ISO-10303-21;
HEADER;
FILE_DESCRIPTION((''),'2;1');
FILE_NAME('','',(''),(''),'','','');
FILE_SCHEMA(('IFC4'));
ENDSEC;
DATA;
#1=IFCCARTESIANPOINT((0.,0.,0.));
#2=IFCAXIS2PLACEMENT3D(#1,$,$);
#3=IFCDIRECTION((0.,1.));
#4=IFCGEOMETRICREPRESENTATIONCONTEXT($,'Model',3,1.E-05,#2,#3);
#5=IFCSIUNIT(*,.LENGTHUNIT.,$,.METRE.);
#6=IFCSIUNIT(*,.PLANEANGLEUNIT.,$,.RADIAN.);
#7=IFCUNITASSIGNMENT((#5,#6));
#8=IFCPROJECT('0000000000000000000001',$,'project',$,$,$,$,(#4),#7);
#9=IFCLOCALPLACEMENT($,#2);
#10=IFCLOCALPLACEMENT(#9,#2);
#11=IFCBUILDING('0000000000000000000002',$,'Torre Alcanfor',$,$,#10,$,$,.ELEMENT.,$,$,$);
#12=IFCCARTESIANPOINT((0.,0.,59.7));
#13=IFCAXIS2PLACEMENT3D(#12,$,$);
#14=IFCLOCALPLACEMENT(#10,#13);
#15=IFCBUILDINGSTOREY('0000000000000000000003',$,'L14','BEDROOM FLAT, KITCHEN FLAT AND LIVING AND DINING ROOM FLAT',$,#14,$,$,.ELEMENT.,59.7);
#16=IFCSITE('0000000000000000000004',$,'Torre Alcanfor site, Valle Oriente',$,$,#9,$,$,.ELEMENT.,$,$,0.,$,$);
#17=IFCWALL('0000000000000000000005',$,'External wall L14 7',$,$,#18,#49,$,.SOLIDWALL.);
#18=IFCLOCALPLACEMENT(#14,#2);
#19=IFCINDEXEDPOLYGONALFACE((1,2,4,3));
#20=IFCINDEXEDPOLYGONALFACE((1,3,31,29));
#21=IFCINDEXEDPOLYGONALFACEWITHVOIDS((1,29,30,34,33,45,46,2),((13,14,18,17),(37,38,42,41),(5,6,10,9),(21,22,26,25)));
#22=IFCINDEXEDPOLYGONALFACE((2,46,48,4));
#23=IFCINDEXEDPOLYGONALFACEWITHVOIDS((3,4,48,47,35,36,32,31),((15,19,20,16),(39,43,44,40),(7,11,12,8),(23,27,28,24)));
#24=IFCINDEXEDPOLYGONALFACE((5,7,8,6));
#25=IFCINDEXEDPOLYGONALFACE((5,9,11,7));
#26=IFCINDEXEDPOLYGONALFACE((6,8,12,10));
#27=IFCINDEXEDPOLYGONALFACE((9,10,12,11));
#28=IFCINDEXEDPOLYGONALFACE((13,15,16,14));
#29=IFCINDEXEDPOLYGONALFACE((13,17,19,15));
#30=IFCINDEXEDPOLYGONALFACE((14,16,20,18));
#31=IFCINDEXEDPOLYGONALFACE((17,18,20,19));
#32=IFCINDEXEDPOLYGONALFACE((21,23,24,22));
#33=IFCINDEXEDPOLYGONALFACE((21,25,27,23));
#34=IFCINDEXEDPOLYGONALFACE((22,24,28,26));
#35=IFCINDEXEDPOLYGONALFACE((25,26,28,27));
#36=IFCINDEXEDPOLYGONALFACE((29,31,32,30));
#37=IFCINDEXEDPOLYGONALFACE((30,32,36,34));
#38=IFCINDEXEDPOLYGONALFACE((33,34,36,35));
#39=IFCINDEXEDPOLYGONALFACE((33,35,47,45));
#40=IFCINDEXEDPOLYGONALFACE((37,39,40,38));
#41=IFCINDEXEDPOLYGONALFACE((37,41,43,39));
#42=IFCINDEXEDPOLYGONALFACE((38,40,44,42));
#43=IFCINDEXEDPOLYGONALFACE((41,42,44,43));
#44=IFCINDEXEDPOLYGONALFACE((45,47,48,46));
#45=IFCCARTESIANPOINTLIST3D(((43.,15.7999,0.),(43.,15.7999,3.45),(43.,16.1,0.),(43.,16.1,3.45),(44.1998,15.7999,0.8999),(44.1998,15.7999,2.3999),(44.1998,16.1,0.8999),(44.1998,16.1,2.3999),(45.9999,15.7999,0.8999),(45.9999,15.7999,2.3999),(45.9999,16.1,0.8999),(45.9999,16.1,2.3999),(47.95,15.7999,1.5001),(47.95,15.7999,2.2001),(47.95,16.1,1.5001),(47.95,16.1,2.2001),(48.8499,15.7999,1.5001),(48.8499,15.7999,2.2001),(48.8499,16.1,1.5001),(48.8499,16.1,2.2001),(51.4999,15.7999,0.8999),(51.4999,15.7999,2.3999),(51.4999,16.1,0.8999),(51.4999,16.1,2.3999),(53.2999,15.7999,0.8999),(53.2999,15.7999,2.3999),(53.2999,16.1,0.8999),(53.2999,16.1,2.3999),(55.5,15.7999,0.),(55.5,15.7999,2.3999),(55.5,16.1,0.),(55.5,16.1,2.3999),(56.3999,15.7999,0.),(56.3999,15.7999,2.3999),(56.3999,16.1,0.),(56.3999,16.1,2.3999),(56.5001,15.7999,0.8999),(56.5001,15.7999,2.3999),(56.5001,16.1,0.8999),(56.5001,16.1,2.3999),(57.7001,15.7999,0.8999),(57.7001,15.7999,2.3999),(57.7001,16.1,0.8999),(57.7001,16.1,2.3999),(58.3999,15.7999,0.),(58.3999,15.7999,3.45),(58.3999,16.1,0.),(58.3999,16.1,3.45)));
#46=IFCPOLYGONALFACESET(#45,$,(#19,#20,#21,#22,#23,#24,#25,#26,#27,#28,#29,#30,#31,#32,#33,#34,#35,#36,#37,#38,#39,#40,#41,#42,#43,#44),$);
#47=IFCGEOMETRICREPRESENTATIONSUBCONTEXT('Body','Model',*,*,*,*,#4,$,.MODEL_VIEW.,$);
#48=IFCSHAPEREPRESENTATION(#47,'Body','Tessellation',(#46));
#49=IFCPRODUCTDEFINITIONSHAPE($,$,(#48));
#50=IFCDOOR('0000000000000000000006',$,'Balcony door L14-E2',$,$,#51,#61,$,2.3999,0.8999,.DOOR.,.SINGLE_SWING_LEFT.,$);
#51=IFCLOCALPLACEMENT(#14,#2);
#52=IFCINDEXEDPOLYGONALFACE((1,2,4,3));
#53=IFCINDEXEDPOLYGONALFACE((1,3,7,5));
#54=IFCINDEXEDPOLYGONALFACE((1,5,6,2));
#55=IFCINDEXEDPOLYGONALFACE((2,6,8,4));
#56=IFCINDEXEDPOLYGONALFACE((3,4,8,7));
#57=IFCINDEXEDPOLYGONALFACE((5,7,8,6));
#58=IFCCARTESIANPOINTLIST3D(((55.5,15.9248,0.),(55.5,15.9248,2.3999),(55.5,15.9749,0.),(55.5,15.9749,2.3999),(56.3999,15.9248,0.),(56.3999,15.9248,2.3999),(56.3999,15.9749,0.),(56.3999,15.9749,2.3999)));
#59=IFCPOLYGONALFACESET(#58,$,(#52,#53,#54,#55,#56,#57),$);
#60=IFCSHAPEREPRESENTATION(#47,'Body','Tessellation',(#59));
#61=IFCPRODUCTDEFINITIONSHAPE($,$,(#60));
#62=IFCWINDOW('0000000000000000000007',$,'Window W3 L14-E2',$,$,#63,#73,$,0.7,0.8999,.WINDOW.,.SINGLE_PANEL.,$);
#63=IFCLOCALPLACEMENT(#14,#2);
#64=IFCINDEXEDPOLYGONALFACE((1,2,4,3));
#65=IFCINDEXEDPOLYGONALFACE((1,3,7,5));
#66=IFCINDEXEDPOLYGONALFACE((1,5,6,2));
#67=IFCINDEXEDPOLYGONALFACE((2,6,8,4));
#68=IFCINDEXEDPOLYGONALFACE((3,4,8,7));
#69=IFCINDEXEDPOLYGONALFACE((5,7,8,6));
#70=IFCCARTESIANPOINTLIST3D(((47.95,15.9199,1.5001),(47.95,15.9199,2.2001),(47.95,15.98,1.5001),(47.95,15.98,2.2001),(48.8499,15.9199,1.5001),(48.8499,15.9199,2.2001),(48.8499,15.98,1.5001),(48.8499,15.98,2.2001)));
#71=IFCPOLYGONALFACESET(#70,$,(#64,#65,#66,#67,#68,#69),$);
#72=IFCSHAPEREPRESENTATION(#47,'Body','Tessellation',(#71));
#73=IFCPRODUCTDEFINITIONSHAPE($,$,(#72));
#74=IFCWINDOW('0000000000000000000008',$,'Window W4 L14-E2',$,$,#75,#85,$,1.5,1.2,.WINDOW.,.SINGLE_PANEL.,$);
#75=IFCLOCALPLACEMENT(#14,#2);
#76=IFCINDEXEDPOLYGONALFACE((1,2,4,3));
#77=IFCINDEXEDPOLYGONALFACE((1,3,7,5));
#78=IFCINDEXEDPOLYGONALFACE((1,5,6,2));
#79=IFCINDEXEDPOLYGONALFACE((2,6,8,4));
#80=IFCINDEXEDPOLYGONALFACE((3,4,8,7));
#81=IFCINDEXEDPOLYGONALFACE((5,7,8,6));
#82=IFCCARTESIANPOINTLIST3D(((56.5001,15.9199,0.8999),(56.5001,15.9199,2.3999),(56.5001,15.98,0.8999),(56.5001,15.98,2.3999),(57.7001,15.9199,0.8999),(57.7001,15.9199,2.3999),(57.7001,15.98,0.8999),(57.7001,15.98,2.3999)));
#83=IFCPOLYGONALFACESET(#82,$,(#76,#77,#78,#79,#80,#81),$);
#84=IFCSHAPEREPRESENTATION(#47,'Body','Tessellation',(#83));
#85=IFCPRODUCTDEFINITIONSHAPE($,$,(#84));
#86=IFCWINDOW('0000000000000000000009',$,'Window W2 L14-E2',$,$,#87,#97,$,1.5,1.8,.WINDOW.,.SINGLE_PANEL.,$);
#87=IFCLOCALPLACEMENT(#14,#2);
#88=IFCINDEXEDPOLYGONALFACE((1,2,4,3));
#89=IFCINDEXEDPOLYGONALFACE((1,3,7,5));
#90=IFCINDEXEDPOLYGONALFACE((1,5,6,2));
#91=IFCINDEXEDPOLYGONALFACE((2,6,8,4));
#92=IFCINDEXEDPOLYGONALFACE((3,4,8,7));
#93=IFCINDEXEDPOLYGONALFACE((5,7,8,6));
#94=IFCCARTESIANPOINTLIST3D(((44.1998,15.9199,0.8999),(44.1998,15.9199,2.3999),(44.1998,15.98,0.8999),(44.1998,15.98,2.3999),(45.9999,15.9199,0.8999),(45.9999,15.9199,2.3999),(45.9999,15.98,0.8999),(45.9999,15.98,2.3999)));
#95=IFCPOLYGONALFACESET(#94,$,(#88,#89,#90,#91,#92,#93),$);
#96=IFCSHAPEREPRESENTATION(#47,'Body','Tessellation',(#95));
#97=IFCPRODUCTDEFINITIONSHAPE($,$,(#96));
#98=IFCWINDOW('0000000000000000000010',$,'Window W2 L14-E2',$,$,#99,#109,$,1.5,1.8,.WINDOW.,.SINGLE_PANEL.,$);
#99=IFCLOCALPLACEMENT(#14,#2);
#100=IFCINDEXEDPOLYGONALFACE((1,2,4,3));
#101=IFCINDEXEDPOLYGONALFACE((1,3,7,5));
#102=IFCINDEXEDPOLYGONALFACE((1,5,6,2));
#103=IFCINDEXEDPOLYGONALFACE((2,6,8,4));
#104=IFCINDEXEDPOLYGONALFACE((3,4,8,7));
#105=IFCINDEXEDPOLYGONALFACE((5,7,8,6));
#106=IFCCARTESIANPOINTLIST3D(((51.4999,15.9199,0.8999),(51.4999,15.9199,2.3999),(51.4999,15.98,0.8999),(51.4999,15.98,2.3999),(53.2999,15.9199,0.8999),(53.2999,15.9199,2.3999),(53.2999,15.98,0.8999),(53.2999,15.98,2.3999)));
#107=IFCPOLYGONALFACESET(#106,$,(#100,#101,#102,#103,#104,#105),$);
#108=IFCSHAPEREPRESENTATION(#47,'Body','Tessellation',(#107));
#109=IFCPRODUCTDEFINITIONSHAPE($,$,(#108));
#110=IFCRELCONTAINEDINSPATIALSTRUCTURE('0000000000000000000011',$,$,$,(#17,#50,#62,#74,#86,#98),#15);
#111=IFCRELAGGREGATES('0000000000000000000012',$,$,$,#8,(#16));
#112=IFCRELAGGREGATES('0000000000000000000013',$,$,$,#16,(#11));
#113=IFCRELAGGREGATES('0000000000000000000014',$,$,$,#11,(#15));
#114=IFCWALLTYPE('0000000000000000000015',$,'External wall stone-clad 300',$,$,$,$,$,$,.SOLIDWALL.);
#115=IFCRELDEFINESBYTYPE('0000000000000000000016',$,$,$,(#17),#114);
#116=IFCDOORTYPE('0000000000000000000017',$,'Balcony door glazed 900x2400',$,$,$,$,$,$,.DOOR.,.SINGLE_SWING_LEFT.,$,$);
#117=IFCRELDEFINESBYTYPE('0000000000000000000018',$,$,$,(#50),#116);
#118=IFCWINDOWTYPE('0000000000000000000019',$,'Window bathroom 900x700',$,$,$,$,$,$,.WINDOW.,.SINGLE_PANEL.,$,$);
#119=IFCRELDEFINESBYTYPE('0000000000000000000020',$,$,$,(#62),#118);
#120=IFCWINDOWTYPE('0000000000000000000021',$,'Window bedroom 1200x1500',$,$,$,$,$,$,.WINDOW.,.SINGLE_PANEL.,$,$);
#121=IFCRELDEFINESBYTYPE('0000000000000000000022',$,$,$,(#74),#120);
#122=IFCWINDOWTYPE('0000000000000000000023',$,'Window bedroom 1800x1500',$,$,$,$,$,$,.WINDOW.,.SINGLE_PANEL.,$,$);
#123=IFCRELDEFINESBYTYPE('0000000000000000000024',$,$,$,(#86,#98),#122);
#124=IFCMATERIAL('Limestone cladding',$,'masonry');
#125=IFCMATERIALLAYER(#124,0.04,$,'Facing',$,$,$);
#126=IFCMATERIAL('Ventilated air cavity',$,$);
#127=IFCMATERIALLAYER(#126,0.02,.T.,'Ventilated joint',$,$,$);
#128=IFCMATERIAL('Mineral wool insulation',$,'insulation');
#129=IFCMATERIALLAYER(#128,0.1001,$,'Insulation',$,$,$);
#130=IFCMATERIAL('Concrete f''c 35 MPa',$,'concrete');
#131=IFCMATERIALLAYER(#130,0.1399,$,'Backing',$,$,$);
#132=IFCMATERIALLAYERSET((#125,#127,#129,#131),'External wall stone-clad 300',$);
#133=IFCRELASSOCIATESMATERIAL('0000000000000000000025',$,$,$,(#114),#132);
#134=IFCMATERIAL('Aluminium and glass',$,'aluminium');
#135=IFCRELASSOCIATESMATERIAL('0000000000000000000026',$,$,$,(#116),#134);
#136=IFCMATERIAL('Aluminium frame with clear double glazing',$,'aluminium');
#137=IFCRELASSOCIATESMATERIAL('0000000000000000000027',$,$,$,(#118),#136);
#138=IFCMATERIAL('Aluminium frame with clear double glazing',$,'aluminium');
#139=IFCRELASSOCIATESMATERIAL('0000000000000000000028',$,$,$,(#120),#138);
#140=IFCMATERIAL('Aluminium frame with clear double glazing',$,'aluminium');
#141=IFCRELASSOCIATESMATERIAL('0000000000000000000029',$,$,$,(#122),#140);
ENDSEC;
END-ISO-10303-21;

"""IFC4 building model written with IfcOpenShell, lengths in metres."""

from ifc_helpers import new_model, si_unit, direction, frame, frame_2d, origin, place, context, subcontext, project, spatial, rectangle, extrude, material, layer, layer_set, type_object, element, fill, save


model = new_model("IFC4")

# Units and contexts
model_context = context("Model", 3, precision=1e-05, world=origin(), true_north=direction((0.0, 1.0)))
body_context = subcontext(model_context, "Body", "Model", "MODEL_VIEW")
ifc_project = project(units=[si_unit("LENGTHUNIT", "METRE"), si_unit("PLANEANGLEUNIT", "RADIAN")], contexts=[model_context])

# Site, building, storey
site_placement = place(None, origin())
site = spatial("IfcSite", under=ifc_project, at=site_placement, Name="Torre Alcanfor site, Valle Oriente", CompositionType="ELEMENT", RefElevation=0.0)
building_placement = place(site_placement, origin())
building = spatial("IfcBuilding", under=site, at=building_placement, Name="Torre Alcanfor", CompositionType="ELEMENT")
storey_placement = place(building_placement, frame((0.0, 0.0, 59.7)))
storey = spatial("IfcBuildingStorey", under=building, at=storey_placement, Name="L14", Description="BEDROOM FLAT, KITCHEN FLAT AND LIVING AND DINING ROOM FLAT", CompositionType="ELEMENT", Elevation=59.7)

# Wall, openings, door, windows
ifc_material_1 = material(Name="Limestone cladding", Category="masonry")
ifc_layer_1 = layer(ifc_material_1, 0.04, Name="Facing")
ifc_material_2 = material(Name="Ventilated air cavity")
ifc_layer_2 = layer(ifc_material_2, 0.02, ventilated=True, Name="Ventilated joint")
ifc_material_3 = material(Name="Mineral wool insulation", Category="insulation")
ifc_layer_3 = layer(ifc_material_3, 0.1001, Name="Insulation")
ifc_material_4 = material(Name="Concrete f'c 35 MPa", Category="concrete")
ifc_layer_4 = layer(ifc_material_4, 0.1399, Name="Backing")
ifc_layer_set_1 = layer_set([ifc_layer_1, ifc_layer_2, ifc_layer_3, ifc_layer_4], Name="External wall stone-clad 300")
wall_type_1 = type_object("IfcWallType", Name="External wall stone-clad 300", PredefinedType="SOLIDWALL", material=ifc_layer_set_1)
ifc_material_5 = material(Name="Aluminium and glass", Category="aluminium")
door_type = type_object("IfcDoorType", Name="Balcony door glazed 900x2400", OperationType="SINGLE_SWING_LEFT", PredefinedType="DOOR", material=ifc_material_5)
ifc_material_6 = material(Name="Aluminium frame with clear double glazing", Category="aluminium")
window_type_1 = type_object("IfcWindowType", Name="Window bathroom 900x700", PartitioningType="SINGLE_PANEL", PredefinedType="WINDOW", material=ifc_material_6)
ifc_material_7 = material(Name="Aluminium frame with clear double glazing", Category="aluminium")
window_type_2 = type_object("IfcWindowType", Name="Window bedroom 1200x1500", PartitioningType="SINGLE_PANEL", PredefinedType="WINDOW", material=ifc_material_7)
ifc_material_8 = material(Name="Aluminium frame with clear double glazing", Category="aluminium")
window_type_3 = type_object("IfcWindowType", Name="Window bedroom 1800x1500", PartitioningType="SINGLE_PANEL", PredefinedType="WINDOW", material=ifc_material_8)
wall_1_placement = place(storey_placement, frame((43.0, 15.95, 0.0), z_axis=(0.0, 0.0, 1.0), x_axis=(1.0, 0.0, 0.0)))
wall_1 = element("IfcWall", 1, at=wall_1_placement, inside=storey, type_object=wall_type_1, Name="External wall L14 7", PredefinedType="SOLIDWALL", context=body_context, shape_type="SweptSolid", body=[
    extrude(rectangle(XDim=15.3999, YDim=0.3, at=frame_2d((7.7, 0.0))), origin(), (0.0, 0.0, 1.0), 3.45),
])
opening_1_placement = place(wall_1_placement, frame((1.2, 0.0, 0.8999)))
opening_1 = element("IfcOpeningElement", 2, at=opening_1_placement, cuts=wall_1, PredefinedType="OPENING", context=body_context, shape_type="SweptSolid", body=[
    extrude(rectangle(XDim=1.8, YDim=1.5, at=frame_2d((0.8999, 0.75))), frame((0.0, 0.1599, 0.0), z_axis=(0.0, -1.0, 0.0), x_axis=(1.0, 0.0, 0.0)), (0.0, 0.0, 1.0), 0.3201),
])
opening_2_placement = place(wall_1_placement, frame((4.95, 0.0, 1.5)))
opening_2 = element("IfcOpeningElement", 3, at=opening_2_placement, cuts=wall_1, PredefinedType="OPENING", context=body_context, shape_type="SweptSolid", body=[
    extrude(rectangle(XDim=0.8999, YDim=0.7, at=frame_2d((0.45, 0.3501))), frame((0.0, 0.1599, 0.0), z_axis=(0.0, -1.0, 0.0), x_axis=(1.0, 0.0, 0.0)), (0.0, 0.0, 1.0), 0.3201),
])
opening_3_placement = place(wall_1_placement, frame((8.5, 0.0, 0.8999)))
opening_3 = element("IfcOpeningElement", 4, at=opening_3_placement, cuts=wall_1, PredefinedType="OPENING", context=body_context, shape_type="SweptSolid", body=[
    extrude(rectangle(XDim=1.8, YDim=1.5, at=frame_2d((0.8999, 0.75))), frame((0.0, 0.1599, 0.0), z_axis=(0.0, -1.0, 0.0), x_axis=(1.0, 0.0, 0.0)), (0.0, 0.0, 1.0), 0.3201),
])
opening_4_placement = place(wall_1_placement, frame((12.5, 0.0, 0.0)))
opening_4 = element("IfcOpeningElement", 5, at=opening_4_placement, cuts=wall_1, PredefinedType="OPENING", context=body_context, shape_type="SweptSolid", body=[
    extrude(rectangle(XDim=0.8999, YDim=2.3999, at=frame_2d((0.45, 1.2))), frame((0.0, 0.1599, 0.0), z_axis=(0.0, -1.0, 0.0), x_axis=(1.0, 0.0, 0.0)), (0.0, 0.0, 1.0), 0.3201),
])
opening_5_placement = place(wall_1_placement, frame((13.5, 0.0, 0.8999)))
opening_5 = element("IfcOpeningElement", 6, at=opening_5_placement, cuts=wall_1, PredefinedType="OPENING", context=body_context, shape_type="SweptSolid", body=[
    extrude(rectangle(XDim=1.2, YDim=1.5, at=frame_2d((0.6001, 0.75))), frame((0.0, 0.1599, 0.0), z_axis=(0.0, -1.0, 0.0), x_axis=(1.0, 0.0, 0.0)), (0.0, 0.0, 1.0), 0.3201),
])
door_1_placement = place(opening_4_placement, origin())
door_1 = element("IfcDoor", 7, at=door_1_placement, inside=storey, type_object=door_type, Name="Balcony door L14-E2", OperationType="SINGLE_SWING_LEFT", OverallHeight=2.3999, OverallWidth=0.8999, PredefinedType="DOOR", context=body_context, shape_type="SweptSolid", body=[
    extrude(rectangle(XDim=0.8999, YDim=2.3999, at=frame_2d((0.45, 1.2))), frame((0.0, 0.0249, 0.0), z_axis=(0.0, -1.0, 0.0), x_axis=(1.0, 0.0, 0.0)), (0.0, 0.0, 1.0), 0.05),
])
fill(opening_4, door_1)
window_1_placement = place(opening_2_placement, origin())
window_1 = element("IfcWindow", 8, at=window_1_placement, inside=storey, type_object=window_type_1, Name="Window W3 L14-E2", OverallHeight=0.7, OverallWidth=0.8999, PartitioningType="SINGLE_PANEL", PredefinedType="WINDOW", context=body_context, shape_type="SweptSolid", body=[
    extrude(rectangle(XDim=0.8999, YDim=0.7, at=frame_2d((0.45, 0.3501))), frame((0.0, 0.03, 0.0), z_axis=(0.0, -1.0, 0.0), x_axis=(1.0, 0.0, 0.0)), (0.0, 0.0, 1.0), 0.0601),
])
fill(opening_2, window_1)
window_2_placement = place(opening_5_placement, origin())
window_2 = element("IfcWindow", 9, at=window_2_placement, inside=storey, type_object=window_type_2, Name="Window W4 L14-E2", OverallHeight=1.5, OverallWidth=1.2, PartitioningType="SINGLE_PANEL", PredefinedType="WINDOW", context=body_context, shape_type="SweptSolid", body=[
    extrude(rectangle(XDim=1.2, YDim=1.5, at=frame_2d((0.6001, 0.75))), frame((0.0, 0.03, 0.0), z_axis=(0.0, -1.0, 0.0), x_axis=(1.0, 0.0, 0.0)), (0.0, 0.0, 1.0), 0.0601),
])
fill(opening_5, window_2)
window_3_placement = place(opening_1_placement, origin())
window_3 = element("IfcWindow", 10, at=window_3_placement, inside=storey, type_object=window_type_3, Name="Window W2 L14-E2", OverallHeight=1.5, OverallWidth=1.8, PartitioningType="SINGLE_PANEL", PredefinedType="WINDOW", context=body_context, shape_type="SweptSolid", body=[
    extrude(rectangle(XDim=1.8, YDim=1.5, at=frame_2d((0.8999, 0.75))), frame((0.0, 0.03, 0.0), z_axis=(0.0, -1.0, 0.0), x_axis=(1.0, 0.0, 0.0)), (0.0, 0.0, 1.0), 0.0601),
])
fill(opening_1, window_3)
window_4_placement = place(opening_3_placement, origin())
window_4 = element("IfcWindow", 11, at=window_4_placement, inside=storey, type_object=window_type_3, Name="Window W2 L14-E2", OverallHeight=1.5, OverallWidth=1.8, PartitioningType="SINGLE_PANEL", PredefinedType="WINDOW", context=body_context, shape_type="SweptSolid", body=[
    extrude(rectangle(XDim=1.8, YDim=1.5, at=frame_2d((0.8999, 0.75))), frame((0.0, 0.03, 0.0), z_axis=(0.0, -1.0, 0.0), x_axis=(1.0, 0.0, 0.0)), (0.0, 0.0, 1.0), 0.0601),
])
fill(opening_3, window_4)

save(model, "model.ifc")
